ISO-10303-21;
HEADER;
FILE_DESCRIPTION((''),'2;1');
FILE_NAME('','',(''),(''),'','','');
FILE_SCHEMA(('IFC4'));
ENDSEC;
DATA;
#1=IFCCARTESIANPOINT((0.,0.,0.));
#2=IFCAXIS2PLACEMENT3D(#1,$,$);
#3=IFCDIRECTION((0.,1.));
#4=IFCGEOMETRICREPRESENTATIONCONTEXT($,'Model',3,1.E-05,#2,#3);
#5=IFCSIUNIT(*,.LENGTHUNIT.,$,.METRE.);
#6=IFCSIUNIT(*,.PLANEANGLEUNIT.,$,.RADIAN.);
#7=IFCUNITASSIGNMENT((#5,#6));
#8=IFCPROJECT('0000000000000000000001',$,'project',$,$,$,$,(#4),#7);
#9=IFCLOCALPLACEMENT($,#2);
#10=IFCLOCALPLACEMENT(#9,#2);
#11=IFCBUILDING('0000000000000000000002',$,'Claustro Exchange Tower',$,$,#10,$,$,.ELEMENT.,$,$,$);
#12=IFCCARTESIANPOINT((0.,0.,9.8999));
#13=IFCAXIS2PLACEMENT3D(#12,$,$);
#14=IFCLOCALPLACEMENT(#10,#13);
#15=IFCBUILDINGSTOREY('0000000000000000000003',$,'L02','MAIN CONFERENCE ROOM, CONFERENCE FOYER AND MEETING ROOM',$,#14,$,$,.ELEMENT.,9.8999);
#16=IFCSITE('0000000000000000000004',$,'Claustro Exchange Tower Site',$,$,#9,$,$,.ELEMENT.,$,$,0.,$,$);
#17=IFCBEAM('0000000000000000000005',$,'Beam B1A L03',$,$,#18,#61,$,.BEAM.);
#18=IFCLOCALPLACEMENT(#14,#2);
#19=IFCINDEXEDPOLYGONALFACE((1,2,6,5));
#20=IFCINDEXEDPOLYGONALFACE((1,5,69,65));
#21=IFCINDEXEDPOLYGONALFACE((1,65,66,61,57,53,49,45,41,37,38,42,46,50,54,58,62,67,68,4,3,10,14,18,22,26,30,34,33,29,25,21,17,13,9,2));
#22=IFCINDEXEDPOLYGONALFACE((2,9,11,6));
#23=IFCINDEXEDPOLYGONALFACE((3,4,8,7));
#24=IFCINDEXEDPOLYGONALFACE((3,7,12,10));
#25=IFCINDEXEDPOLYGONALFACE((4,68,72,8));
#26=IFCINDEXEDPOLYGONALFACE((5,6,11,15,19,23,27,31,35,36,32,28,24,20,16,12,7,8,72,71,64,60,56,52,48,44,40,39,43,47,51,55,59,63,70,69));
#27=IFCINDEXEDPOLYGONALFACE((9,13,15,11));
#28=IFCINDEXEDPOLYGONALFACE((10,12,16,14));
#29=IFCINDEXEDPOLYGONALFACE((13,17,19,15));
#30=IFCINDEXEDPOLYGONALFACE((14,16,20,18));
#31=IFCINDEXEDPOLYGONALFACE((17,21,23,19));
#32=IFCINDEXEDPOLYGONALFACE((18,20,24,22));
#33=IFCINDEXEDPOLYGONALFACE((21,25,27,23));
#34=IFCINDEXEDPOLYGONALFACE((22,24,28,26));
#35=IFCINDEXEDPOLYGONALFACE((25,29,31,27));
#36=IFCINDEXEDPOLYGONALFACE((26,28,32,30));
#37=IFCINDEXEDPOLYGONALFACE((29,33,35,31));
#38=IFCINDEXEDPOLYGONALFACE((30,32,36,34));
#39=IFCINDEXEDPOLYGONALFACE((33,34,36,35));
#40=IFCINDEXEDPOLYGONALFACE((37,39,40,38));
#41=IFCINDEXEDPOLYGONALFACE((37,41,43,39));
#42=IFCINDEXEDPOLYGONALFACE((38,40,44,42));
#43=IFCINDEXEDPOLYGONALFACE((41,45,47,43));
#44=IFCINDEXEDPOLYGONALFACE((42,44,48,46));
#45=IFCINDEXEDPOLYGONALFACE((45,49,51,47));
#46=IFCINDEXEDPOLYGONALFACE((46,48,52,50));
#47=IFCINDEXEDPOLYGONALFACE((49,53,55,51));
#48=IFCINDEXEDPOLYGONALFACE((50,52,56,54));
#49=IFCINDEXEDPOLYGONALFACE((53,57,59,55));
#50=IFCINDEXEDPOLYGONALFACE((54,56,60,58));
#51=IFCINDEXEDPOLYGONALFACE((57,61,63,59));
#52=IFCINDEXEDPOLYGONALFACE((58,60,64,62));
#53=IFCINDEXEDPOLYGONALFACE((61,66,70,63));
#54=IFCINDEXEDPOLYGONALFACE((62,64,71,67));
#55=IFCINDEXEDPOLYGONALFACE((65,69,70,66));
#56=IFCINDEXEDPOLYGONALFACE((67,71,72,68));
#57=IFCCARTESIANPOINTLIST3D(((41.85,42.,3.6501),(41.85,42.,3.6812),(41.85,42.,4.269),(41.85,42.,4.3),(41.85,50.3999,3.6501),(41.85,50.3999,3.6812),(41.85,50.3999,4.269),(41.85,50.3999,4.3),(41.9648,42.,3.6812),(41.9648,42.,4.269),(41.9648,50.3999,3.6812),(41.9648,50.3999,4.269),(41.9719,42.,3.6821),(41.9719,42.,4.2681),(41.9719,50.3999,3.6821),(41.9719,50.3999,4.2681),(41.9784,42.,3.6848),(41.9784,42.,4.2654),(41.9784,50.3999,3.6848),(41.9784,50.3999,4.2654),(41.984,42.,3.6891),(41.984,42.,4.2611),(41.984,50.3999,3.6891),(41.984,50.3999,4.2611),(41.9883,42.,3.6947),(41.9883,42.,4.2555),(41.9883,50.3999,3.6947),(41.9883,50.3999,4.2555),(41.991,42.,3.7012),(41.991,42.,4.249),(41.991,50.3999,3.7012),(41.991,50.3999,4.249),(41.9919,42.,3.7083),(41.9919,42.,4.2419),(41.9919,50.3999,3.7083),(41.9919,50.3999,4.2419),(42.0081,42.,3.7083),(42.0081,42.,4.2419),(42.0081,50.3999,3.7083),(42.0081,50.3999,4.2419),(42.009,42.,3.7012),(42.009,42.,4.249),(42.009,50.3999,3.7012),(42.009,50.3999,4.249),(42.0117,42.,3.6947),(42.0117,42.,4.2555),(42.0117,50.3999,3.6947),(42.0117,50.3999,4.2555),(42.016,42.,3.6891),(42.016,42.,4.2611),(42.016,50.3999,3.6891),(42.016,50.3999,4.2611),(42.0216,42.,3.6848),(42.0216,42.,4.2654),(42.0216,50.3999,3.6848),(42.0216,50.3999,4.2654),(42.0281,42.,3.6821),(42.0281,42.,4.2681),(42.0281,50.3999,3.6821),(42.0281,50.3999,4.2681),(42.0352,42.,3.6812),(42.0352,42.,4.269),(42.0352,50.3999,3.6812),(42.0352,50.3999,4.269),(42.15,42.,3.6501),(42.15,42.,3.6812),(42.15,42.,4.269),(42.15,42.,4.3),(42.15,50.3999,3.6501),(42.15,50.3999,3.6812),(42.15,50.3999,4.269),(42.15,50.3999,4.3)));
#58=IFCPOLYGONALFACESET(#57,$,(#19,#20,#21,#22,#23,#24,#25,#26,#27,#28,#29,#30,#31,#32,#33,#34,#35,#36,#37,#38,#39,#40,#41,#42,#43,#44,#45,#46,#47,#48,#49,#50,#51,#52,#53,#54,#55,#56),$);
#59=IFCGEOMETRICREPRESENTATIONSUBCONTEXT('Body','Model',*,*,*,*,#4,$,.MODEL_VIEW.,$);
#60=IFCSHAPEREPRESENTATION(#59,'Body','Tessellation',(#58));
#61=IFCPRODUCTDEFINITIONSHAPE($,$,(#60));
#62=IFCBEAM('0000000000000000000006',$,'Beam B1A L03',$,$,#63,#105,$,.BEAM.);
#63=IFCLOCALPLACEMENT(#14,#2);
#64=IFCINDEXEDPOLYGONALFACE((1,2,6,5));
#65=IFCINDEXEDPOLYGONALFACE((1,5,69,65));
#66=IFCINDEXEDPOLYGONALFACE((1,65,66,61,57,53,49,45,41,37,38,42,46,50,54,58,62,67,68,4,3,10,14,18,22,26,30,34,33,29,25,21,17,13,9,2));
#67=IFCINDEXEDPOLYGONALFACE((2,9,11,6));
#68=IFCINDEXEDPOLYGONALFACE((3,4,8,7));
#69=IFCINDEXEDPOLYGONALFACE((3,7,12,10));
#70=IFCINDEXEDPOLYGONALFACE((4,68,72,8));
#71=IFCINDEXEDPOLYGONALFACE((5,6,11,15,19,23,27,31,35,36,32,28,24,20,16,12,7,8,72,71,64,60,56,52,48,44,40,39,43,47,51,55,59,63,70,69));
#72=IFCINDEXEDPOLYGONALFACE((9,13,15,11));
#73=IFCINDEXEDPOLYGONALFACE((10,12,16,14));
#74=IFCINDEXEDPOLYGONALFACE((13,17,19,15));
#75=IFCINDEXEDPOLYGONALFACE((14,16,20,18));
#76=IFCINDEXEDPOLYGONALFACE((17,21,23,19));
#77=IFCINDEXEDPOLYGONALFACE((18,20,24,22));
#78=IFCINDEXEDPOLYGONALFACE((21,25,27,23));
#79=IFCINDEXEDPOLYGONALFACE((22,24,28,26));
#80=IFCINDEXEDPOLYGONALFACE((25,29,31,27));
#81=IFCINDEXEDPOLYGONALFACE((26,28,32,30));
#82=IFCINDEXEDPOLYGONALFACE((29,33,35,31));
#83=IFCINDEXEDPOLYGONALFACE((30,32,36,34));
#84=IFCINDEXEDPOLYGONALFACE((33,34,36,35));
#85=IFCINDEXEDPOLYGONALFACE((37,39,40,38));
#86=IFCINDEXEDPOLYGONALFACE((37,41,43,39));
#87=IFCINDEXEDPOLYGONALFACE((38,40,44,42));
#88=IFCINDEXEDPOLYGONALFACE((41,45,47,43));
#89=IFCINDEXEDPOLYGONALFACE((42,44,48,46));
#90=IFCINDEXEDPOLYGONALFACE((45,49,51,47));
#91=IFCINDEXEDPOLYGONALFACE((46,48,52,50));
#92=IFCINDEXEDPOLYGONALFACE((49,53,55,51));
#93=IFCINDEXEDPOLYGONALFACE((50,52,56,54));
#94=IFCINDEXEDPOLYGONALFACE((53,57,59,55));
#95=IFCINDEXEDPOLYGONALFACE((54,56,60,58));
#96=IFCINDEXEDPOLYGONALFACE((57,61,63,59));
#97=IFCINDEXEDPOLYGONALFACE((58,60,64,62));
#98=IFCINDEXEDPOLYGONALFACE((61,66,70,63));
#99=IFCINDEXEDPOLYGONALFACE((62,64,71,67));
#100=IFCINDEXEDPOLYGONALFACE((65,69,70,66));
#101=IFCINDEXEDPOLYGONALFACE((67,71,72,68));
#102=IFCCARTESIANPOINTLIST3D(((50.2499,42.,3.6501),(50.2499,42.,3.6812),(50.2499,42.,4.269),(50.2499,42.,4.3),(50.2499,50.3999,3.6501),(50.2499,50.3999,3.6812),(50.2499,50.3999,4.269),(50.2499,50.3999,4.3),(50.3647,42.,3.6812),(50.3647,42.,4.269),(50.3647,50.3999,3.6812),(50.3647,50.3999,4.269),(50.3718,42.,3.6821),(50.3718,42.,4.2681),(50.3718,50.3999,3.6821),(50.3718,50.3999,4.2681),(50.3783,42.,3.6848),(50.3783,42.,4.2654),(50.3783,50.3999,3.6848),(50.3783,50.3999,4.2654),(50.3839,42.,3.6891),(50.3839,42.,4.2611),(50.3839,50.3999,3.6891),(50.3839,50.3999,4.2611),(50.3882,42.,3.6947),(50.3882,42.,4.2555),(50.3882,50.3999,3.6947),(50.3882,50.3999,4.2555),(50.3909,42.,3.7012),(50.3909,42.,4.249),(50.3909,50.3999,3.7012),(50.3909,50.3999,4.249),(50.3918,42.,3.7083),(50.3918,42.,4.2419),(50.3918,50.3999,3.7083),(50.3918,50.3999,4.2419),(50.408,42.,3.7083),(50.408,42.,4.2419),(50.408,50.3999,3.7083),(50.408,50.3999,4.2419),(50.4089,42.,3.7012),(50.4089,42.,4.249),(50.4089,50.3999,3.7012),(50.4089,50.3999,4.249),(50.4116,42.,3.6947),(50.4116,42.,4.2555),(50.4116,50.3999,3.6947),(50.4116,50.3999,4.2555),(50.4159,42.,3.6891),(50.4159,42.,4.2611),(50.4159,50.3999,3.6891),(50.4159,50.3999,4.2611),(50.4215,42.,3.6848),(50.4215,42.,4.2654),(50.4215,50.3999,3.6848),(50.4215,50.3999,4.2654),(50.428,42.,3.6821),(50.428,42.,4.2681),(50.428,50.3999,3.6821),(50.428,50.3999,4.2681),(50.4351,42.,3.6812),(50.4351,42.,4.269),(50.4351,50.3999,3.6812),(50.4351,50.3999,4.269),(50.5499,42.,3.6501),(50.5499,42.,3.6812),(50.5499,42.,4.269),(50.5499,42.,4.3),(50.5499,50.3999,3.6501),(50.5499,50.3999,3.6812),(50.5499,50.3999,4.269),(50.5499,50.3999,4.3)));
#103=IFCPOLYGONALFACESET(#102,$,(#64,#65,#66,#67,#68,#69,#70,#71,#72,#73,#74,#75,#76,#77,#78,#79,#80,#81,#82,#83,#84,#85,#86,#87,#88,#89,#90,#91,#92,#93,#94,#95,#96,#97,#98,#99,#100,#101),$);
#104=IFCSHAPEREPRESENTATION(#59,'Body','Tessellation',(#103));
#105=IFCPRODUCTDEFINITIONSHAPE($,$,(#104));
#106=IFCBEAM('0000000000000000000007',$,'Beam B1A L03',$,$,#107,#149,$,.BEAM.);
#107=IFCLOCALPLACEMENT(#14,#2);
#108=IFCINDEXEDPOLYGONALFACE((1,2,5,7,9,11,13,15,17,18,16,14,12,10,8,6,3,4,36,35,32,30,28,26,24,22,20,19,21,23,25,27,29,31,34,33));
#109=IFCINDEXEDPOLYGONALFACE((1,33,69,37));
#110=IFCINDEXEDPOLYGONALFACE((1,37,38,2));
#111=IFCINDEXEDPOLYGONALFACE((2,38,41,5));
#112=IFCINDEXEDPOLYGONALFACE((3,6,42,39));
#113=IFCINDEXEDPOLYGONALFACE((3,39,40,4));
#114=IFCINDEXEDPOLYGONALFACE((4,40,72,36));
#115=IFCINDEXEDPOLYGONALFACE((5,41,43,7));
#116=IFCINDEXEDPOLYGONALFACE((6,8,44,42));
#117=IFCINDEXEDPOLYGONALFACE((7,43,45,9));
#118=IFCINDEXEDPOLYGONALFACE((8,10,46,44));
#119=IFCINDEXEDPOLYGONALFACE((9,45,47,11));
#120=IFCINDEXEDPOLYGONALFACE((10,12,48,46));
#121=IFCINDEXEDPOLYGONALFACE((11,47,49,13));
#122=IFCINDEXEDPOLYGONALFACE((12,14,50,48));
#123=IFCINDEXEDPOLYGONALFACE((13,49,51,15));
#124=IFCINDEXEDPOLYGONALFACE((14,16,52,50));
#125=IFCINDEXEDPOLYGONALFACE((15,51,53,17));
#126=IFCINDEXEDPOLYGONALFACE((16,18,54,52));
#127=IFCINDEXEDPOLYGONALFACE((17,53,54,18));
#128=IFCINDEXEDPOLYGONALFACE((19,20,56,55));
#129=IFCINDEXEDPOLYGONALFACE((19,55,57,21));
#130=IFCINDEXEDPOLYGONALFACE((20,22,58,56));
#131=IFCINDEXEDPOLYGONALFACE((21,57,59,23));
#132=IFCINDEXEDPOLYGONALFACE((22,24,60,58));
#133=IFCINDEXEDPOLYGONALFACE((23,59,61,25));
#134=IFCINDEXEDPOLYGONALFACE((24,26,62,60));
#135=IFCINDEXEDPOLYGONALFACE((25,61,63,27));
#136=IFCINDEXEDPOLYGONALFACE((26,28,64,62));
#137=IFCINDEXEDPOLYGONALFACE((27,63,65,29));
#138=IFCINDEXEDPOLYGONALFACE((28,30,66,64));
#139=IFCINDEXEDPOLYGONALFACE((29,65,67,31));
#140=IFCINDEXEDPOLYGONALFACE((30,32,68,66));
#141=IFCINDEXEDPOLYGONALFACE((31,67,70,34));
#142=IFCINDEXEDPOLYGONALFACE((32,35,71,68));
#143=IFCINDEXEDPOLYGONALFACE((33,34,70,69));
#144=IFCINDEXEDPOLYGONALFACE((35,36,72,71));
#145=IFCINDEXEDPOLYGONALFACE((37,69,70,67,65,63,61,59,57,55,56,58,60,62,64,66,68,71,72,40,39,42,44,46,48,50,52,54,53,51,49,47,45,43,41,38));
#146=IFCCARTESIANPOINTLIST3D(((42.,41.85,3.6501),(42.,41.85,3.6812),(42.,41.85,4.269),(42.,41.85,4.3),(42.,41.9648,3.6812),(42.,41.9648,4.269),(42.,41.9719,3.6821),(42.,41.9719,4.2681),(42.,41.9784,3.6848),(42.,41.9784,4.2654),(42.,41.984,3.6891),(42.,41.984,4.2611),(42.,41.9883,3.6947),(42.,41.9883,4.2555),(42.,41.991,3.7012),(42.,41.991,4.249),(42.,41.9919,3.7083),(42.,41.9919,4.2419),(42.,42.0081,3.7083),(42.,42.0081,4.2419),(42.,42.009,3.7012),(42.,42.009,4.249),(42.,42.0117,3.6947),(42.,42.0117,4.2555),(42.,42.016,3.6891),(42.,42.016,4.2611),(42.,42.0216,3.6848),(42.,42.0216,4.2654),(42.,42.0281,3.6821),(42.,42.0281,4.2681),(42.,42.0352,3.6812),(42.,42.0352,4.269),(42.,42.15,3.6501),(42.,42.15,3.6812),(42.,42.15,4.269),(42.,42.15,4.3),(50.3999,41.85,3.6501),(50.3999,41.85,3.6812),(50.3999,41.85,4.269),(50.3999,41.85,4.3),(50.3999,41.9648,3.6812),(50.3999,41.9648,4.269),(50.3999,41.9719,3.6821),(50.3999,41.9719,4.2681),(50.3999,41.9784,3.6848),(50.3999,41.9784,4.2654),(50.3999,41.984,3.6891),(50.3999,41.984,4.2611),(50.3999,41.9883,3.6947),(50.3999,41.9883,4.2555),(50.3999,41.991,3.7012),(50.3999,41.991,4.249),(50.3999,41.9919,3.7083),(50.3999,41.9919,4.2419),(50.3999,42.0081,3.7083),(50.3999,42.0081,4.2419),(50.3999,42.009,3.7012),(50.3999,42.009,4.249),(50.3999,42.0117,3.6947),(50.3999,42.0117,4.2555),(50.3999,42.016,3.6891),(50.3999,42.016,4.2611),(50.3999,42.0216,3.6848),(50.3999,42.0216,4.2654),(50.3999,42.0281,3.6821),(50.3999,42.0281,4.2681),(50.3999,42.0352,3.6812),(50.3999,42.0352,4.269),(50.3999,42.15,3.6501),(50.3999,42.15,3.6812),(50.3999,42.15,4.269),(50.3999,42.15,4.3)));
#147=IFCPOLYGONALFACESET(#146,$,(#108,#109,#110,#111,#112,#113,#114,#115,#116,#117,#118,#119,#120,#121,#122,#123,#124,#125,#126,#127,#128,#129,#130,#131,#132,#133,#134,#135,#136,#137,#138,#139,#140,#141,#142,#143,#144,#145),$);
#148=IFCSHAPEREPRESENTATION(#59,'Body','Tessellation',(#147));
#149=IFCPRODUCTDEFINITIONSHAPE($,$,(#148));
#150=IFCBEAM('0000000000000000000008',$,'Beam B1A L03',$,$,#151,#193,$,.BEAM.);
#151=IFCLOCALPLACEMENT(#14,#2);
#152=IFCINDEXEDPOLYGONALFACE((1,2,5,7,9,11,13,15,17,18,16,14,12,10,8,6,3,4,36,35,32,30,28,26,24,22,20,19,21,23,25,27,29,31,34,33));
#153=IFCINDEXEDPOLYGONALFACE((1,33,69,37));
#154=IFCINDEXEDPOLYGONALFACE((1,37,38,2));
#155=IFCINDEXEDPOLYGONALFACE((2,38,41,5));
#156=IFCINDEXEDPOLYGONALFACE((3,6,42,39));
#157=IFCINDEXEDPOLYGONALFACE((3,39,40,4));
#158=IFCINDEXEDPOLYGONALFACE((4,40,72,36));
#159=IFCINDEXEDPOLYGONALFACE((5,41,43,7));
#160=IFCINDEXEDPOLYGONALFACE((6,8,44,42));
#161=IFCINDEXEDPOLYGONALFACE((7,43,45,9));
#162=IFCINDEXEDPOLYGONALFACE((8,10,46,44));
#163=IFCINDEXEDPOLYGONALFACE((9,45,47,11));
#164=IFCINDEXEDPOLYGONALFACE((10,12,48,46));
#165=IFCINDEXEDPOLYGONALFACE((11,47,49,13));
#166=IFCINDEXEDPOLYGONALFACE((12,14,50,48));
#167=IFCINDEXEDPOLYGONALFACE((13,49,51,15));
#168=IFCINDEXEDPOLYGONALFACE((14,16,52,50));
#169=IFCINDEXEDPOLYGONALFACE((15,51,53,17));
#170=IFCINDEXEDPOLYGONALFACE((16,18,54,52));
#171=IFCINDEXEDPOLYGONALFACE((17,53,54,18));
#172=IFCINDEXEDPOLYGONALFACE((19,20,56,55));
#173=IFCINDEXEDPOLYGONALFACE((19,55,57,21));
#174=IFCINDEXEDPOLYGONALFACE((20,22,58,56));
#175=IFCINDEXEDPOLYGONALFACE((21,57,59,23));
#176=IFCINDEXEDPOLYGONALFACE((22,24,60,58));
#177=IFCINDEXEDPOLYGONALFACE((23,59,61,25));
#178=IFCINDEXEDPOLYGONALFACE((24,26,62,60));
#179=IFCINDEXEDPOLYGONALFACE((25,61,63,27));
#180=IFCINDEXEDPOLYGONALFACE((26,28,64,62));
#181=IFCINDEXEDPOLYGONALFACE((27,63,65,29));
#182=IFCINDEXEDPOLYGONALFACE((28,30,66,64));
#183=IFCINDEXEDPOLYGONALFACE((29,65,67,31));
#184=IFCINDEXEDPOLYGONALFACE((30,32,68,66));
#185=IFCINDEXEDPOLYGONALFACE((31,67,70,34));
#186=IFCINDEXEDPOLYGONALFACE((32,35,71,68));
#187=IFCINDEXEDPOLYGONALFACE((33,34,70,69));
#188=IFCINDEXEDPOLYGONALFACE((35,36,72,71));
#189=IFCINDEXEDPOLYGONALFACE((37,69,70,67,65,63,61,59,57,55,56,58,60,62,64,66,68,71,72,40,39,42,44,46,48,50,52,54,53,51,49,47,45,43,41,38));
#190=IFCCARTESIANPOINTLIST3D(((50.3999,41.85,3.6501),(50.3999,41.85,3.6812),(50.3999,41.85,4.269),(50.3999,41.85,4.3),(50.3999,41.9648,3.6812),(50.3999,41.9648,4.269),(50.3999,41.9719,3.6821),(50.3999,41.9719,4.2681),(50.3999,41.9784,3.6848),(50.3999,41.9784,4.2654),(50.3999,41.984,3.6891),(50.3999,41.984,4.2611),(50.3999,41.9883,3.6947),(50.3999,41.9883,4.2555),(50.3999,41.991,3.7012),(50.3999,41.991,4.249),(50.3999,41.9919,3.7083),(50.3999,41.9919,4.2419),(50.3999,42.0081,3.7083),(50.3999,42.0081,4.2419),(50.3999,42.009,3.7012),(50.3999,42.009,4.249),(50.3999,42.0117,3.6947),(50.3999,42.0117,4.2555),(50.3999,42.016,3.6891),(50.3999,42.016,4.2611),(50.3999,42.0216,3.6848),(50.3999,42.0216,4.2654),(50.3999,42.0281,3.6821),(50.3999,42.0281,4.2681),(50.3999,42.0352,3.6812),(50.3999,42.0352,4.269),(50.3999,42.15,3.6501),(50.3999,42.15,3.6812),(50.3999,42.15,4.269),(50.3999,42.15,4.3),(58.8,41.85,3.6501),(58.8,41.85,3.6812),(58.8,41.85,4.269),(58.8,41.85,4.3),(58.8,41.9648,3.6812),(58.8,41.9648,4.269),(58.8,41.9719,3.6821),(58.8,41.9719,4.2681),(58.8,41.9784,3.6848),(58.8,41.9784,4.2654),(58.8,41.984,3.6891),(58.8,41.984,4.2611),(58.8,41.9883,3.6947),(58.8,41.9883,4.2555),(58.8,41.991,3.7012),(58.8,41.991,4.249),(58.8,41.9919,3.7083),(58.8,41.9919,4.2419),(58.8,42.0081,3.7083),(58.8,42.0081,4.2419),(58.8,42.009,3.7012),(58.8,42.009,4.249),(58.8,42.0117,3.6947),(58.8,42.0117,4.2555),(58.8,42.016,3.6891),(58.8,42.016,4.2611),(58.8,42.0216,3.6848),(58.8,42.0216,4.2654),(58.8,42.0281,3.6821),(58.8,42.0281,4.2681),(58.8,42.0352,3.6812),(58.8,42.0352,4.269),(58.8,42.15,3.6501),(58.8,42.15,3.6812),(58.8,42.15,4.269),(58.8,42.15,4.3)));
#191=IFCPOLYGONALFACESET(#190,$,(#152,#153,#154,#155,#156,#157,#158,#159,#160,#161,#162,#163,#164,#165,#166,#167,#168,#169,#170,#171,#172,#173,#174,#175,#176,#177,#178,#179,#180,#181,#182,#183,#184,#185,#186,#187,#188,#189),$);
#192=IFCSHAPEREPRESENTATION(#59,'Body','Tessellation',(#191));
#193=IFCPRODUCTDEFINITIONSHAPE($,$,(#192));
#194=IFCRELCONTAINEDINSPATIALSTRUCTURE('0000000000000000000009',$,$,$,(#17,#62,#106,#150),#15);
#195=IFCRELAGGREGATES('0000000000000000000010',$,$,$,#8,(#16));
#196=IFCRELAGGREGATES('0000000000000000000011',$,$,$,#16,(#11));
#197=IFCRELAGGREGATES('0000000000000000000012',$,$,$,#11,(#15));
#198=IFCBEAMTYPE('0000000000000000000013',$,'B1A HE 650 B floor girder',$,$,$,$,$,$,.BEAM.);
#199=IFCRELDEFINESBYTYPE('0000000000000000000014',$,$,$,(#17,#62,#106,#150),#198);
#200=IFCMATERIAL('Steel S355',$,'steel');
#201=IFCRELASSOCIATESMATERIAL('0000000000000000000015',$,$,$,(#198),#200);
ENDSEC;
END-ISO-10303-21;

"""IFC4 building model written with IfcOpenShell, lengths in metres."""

from ifc_helpers import new_model, si_unit, direction, frame, origin, origin_2d, place, context, subcontext, project, spatial, i_section, extrude, material, material_profile, profile_set, type_object, element, save


model = new_model("IFC4")

# Units and contexts
model_context = context("Model", 3, precision=1e-05, world=origin(), true_north=direction((0.0, 1.0)))
body_context = subcontext(model_context, "Body", "Model", "MODEL_VIEW")
ifc_project = project(units=[si_unit("LENGTHUNIT", "METRE"), si_unit("PLANEANGLEUNIT", "RADIAN")], contexts=[model_context])

# Site, building, storey
site_placement = place(None, origin())
site = spatial("IfcSite", under=ifc_project, at=site_placement, Name="Claustro Exchange Tower Site", CompositionType="ELEMENT", RefElevation=0.0)
building_placement = place(site_placement, origin())
building = spatial("IfcBuilding", under=site, at=building_placement, Name="Claustro Exchange Tower", CompositionType="ELEMENT")
storey_placement = place(building_placement, frame((0.0, 0.0, 9.8999)))
storey = spatial("IfcBuildingStorey", under=building, at=storey_placement, Name="L02", Description="MAIN CONFERENCE ROOM, CONFERENCE FOYER AND MEETING ROOM", CompositionType="ELEMENT", Elevation=9.8999)

# Beams
ifc_material_1 = material(Name="Steel S355", Category="steel")
ifc_material_profile_1 = material_profile(ifc_material_1, i_section(OverallWidth=0.3, OverallDepth=0.6499, WebThickness=0.0161, FlangeThickness=0.031, FilletRadius=0.0271, at=origin_2d()), Name="HE 650 B")
ifc_profile_set_1 = profile_set([ifc_material_profile_1], Name="Steel S355")
beam_type_1 = type_object("IfcBeamType", Name="B1A HE 650 B floor girder", PredefinedType="BEAM", material=ifc_profile_set_1)
for number, where, z_axis, x_axis, name in (
    (1, (42.0, 42.0, 3.9751), (0.0, 1.0, 0.0), (-1.0, 0.0, 0.0), "Beam B1A L03"),
    (2, (50.3999, 42.0, 3.9751), (0.0, 1.0, 0.0), (-1.0, 0.0, 0.0), "Beam B1A L03"),
    (3, (42.0, 42.0, 3.9751), (1.0, 0.0, 0.0), (0.0, 1.0, 0.0), "Beam B1A L03"),
):
    element("IfcBeam", number, at=place(storey_placement, frame(where, z_axis=z_axis, x_axis=x_axis)), inside=storey, type_object=beam_type_1, Name=name, PredefinedType="BEAM", context=body_context, shape_type="SweptSolid", body=[
        extrude(i_section(OverallWidth=0.3, OverallDepth=0.6499, WebThickness=0.0161, FlangeThickness=0.031, FilletRadius=0.0271, at=origin_2d()), origin(), (0.0, 0.0, 1.0), 8.3999),
    ])
beam_1_placement = place(storey_placement, frame((50.3999, 42.0, 3.9751), z_axis=(1.0, 0.0, 0.0), x_axis=(0.0, 1.0, 0.0)))
element("IfcBeam", 4, at=beam_1_placement, inside=storey, type_object=beam_type_1, Name="Beam B1A L03", PredefinedType="BEAM", context=body_context, shape_type="SweptSolid", body=[
    extrude(i_section(OverallWidth=0.3, OverallDepth=0.6499, WebThickness=0.0161, FlangeThickness=0.031, FilletRadius=0.0271, at=origin_2d()), origin(), (0.0, 0.0, 1.0), 8.4001),
])

save(model, "model.ifc")
